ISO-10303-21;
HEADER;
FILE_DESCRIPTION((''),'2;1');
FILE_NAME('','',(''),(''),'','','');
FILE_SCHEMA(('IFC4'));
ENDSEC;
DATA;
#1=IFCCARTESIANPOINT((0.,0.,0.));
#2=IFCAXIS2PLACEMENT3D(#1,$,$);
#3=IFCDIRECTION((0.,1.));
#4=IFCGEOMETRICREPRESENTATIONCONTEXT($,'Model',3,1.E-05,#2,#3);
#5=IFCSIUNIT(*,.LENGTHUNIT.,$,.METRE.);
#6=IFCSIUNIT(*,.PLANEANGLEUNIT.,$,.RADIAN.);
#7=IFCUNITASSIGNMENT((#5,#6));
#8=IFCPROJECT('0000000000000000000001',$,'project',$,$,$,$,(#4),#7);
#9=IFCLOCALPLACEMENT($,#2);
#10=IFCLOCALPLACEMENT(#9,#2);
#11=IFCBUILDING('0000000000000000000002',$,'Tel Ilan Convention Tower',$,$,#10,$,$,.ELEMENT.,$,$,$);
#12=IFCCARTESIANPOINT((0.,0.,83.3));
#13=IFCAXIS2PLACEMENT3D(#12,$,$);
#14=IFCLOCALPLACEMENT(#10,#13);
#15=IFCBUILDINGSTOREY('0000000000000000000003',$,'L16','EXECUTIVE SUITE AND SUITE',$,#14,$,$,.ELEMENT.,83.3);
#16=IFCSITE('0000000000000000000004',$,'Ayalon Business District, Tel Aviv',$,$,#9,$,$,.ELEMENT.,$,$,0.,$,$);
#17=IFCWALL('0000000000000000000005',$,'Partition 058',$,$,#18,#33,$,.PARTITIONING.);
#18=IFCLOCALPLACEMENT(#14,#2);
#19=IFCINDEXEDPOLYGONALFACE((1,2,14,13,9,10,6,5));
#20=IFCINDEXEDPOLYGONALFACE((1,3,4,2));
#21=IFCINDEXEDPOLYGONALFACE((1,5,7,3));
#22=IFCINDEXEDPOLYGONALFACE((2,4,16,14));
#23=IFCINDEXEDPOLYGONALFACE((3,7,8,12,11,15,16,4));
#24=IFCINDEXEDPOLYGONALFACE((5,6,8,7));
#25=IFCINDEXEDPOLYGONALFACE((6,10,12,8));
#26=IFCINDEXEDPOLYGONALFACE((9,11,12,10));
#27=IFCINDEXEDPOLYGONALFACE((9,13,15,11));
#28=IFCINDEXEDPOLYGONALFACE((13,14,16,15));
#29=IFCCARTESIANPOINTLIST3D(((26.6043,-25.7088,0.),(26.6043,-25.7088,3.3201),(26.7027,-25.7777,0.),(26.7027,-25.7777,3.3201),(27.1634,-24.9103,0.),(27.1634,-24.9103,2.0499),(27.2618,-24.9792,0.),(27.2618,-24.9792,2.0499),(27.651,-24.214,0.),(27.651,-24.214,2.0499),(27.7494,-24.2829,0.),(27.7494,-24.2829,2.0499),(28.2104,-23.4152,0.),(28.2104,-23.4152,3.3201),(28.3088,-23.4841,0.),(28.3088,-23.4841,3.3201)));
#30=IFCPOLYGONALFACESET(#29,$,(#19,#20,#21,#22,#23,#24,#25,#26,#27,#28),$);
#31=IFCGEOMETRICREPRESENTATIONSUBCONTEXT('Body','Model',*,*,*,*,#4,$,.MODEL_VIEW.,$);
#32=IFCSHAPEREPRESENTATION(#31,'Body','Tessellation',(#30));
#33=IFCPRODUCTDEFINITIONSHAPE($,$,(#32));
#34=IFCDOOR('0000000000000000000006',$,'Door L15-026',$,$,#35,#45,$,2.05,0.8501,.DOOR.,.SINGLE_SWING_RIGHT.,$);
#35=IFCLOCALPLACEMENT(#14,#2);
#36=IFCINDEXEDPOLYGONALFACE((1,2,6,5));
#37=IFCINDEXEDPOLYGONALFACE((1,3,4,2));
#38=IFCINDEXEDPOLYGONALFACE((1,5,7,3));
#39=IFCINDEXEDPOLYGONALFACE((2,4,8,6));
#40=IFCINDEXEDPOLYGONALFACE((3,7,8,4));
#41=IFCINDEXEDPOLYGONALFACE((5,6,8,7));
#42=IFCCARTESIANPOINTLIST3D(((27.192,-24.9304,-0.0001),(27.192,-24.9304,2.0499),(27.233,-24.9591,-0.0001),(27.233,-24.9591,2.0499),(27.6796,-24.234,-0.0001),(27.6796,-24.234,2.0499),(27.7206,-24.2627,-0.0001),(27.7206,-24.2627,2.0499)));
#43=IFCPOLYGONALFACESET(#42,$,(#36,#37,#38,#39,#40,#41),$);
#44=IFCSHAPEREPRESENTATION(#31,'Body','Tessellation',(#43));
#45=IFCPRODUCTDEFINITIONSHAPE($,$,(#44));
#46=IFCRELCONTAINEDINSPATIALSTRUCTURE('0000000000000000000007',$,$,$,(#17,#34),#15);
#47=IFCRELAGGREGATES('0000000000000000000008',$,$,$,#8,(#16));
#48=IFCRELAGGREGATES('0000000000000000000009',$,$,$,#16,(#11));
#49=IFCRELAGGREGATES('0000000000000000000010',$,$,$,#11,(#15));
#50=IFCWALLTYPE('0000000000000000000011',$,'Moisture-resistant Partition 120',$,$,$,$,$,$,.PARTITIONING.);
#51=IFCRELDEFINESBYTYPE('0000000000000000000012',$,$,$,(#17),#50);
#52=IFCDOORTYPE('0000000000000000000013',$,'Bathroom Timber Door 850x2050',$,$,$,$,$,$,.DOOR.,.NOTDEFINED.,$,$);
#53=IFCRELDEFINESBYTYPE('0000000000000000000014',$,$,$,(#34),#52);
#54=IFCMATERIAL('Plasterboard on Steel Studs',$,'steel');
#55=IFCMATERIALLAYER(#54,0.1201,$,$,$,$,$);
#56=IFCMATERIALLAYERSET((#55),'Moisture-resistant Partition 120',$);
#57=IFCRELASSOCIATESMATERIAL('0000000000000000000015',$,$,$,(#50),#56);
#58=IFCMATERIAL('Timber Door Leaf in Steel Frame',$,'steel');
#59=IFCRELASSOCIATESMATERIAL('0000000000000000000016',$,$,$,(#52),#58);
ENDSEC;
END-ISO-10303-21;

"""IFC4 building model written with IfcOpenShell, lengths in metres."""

from ifc_helpers import new_model, si_unit, direction, frame, frame_2d, origin, place, context, subcontext, project, spatial, rectangle, extrude, material, layer, layer_set, type_object, element, fill, save


model = new_model("IFC4")

# Units and contexts
model_context = context("Model", 3, precision=1e-05, world=origin(), true_north=direction((0.0, 1.0)))
body_context = subcontext(model_context, "Body", "Model", "MODEL_VIEW")
ifc_project = project(units=[si_unit("LENGTHUNIT", "METRE"), si_unit("PLANEANGLEUNIT", "RADIAN")], contexts=[model_context])

# Site, building, storey
site_placement = place(None, origin())
site = spatial("IfcSite", under=ifc_project, at=site_placement, Name="Ayalon Business District, Tel Aviv", CompositionType="ELEMENT", RefElevation=0.0)
building_placement = place(site_placement, origin())
building = spatial("IfcBuilding", under=site, at=building_placement, Name="Tel Ilan Convention Tower", CompositionType="ELEMENT")
storey_placement = place(building_placement, frame((0.0, 0.0, 83.3)))
storey = spatial("IfcBuildingStorey", under=building, at=storey_placement, Name="L16", Description="EXECUTIVE SUITE AND SUITE", CompositionType="ELEMENT", Elevation=83.3)

# Shared definitions
ifc_material_1 = material(Name="Plasterboard on Steel Studs", Category="steel")
ifc_layer_1 = layer(ifc_material_1, 0.1201)
ifc_layer_set_1 = layer_set([ifc_layer_1], Name="Moisture-resistant Partition 120")
wall_type_1 = type_object("IfcWallType", Name="Moisture-resistant Partition 120", PredefinedType="PARTITIONING", material=ifc_layer_set_1)
ifc_material_2 = material(Name="Timber Door Leaf in Steel Frame", Category="steel")
door_type_1 = type_object("IfcDoorType", Name="Bathroom Timber Door 850x2050", OperationType="NOTDEFINED", PredefinedType="DOOR", material=ifc_material_2)

# Wall, opening, door
wall_1_placement = place(storey_placement, frame((28.2595, -23.4497, 0.0), z_axis=(0.0, 0.0, 1.0), x_axis=(-0.573609, -0.81913, 0.0)))
wall_1 = element("IfcWall", 1, at=wall_1_placement, inside=storey, type_object=wall_type_1, Name="Partition 058", PredefinedType="PARTITIONING", context=body_context, shape_type="SweptSolid", body=[
    extrude(rectangle(XDim=2.8, YDim=0.1201, at=frame_2d((1.3999, 0.0))), origin(), (0.0, 0.0, 1.0), 3.3201),
])
opening_1_placement = place(wall_1_placement, frame((0.9751, 0.0, 0.0)))
opening_1 = element("IfcOpeningElement", 2, at=opening_1_placement, cuts=wall_1, PredefinedType="OPENING", context=body_context, shape_type="SweptSolid", body=[
    extrude(rectangle(XDim=0.8501, YDim=2.05, at=frame_2d((0.425, 1.0249))), frame((0.0, 0.0701, 0.0), z_axis=(0.0, -1.0, 0.0), x_axis=(1.0, 0.0, 0.0)), (0.0, 0.0, 1.0), 0.1401),
])
door_1_placement = place(opening_1_placement, origin())
door_1 = element("IfcDoor", 3, at=door_1_placement, inside=storey, type_object=door_type_1, Name="Door L15-026", OperationType="SINGLE_SWING_RIGHT", OverallHeight=2.05, OverallWidth=0.8501, PredefinedType="DOOR", context=body_context, shape_type="SweptSolid", body=[
    extrude(rectangle(XDim=0.8501, YDim=2.05, at=frame_2d((0.425, 1.0249))), frame((0.0, 0.0249, 0.0), z_axis=(0.0, -1.0, 0.0), x_axis=(1.0, 0.0, 0.0)), (0.0, 0.0, 1.0), 0.05),
])
fill(opening_1, door_1)

save(model, "model.ifc")
